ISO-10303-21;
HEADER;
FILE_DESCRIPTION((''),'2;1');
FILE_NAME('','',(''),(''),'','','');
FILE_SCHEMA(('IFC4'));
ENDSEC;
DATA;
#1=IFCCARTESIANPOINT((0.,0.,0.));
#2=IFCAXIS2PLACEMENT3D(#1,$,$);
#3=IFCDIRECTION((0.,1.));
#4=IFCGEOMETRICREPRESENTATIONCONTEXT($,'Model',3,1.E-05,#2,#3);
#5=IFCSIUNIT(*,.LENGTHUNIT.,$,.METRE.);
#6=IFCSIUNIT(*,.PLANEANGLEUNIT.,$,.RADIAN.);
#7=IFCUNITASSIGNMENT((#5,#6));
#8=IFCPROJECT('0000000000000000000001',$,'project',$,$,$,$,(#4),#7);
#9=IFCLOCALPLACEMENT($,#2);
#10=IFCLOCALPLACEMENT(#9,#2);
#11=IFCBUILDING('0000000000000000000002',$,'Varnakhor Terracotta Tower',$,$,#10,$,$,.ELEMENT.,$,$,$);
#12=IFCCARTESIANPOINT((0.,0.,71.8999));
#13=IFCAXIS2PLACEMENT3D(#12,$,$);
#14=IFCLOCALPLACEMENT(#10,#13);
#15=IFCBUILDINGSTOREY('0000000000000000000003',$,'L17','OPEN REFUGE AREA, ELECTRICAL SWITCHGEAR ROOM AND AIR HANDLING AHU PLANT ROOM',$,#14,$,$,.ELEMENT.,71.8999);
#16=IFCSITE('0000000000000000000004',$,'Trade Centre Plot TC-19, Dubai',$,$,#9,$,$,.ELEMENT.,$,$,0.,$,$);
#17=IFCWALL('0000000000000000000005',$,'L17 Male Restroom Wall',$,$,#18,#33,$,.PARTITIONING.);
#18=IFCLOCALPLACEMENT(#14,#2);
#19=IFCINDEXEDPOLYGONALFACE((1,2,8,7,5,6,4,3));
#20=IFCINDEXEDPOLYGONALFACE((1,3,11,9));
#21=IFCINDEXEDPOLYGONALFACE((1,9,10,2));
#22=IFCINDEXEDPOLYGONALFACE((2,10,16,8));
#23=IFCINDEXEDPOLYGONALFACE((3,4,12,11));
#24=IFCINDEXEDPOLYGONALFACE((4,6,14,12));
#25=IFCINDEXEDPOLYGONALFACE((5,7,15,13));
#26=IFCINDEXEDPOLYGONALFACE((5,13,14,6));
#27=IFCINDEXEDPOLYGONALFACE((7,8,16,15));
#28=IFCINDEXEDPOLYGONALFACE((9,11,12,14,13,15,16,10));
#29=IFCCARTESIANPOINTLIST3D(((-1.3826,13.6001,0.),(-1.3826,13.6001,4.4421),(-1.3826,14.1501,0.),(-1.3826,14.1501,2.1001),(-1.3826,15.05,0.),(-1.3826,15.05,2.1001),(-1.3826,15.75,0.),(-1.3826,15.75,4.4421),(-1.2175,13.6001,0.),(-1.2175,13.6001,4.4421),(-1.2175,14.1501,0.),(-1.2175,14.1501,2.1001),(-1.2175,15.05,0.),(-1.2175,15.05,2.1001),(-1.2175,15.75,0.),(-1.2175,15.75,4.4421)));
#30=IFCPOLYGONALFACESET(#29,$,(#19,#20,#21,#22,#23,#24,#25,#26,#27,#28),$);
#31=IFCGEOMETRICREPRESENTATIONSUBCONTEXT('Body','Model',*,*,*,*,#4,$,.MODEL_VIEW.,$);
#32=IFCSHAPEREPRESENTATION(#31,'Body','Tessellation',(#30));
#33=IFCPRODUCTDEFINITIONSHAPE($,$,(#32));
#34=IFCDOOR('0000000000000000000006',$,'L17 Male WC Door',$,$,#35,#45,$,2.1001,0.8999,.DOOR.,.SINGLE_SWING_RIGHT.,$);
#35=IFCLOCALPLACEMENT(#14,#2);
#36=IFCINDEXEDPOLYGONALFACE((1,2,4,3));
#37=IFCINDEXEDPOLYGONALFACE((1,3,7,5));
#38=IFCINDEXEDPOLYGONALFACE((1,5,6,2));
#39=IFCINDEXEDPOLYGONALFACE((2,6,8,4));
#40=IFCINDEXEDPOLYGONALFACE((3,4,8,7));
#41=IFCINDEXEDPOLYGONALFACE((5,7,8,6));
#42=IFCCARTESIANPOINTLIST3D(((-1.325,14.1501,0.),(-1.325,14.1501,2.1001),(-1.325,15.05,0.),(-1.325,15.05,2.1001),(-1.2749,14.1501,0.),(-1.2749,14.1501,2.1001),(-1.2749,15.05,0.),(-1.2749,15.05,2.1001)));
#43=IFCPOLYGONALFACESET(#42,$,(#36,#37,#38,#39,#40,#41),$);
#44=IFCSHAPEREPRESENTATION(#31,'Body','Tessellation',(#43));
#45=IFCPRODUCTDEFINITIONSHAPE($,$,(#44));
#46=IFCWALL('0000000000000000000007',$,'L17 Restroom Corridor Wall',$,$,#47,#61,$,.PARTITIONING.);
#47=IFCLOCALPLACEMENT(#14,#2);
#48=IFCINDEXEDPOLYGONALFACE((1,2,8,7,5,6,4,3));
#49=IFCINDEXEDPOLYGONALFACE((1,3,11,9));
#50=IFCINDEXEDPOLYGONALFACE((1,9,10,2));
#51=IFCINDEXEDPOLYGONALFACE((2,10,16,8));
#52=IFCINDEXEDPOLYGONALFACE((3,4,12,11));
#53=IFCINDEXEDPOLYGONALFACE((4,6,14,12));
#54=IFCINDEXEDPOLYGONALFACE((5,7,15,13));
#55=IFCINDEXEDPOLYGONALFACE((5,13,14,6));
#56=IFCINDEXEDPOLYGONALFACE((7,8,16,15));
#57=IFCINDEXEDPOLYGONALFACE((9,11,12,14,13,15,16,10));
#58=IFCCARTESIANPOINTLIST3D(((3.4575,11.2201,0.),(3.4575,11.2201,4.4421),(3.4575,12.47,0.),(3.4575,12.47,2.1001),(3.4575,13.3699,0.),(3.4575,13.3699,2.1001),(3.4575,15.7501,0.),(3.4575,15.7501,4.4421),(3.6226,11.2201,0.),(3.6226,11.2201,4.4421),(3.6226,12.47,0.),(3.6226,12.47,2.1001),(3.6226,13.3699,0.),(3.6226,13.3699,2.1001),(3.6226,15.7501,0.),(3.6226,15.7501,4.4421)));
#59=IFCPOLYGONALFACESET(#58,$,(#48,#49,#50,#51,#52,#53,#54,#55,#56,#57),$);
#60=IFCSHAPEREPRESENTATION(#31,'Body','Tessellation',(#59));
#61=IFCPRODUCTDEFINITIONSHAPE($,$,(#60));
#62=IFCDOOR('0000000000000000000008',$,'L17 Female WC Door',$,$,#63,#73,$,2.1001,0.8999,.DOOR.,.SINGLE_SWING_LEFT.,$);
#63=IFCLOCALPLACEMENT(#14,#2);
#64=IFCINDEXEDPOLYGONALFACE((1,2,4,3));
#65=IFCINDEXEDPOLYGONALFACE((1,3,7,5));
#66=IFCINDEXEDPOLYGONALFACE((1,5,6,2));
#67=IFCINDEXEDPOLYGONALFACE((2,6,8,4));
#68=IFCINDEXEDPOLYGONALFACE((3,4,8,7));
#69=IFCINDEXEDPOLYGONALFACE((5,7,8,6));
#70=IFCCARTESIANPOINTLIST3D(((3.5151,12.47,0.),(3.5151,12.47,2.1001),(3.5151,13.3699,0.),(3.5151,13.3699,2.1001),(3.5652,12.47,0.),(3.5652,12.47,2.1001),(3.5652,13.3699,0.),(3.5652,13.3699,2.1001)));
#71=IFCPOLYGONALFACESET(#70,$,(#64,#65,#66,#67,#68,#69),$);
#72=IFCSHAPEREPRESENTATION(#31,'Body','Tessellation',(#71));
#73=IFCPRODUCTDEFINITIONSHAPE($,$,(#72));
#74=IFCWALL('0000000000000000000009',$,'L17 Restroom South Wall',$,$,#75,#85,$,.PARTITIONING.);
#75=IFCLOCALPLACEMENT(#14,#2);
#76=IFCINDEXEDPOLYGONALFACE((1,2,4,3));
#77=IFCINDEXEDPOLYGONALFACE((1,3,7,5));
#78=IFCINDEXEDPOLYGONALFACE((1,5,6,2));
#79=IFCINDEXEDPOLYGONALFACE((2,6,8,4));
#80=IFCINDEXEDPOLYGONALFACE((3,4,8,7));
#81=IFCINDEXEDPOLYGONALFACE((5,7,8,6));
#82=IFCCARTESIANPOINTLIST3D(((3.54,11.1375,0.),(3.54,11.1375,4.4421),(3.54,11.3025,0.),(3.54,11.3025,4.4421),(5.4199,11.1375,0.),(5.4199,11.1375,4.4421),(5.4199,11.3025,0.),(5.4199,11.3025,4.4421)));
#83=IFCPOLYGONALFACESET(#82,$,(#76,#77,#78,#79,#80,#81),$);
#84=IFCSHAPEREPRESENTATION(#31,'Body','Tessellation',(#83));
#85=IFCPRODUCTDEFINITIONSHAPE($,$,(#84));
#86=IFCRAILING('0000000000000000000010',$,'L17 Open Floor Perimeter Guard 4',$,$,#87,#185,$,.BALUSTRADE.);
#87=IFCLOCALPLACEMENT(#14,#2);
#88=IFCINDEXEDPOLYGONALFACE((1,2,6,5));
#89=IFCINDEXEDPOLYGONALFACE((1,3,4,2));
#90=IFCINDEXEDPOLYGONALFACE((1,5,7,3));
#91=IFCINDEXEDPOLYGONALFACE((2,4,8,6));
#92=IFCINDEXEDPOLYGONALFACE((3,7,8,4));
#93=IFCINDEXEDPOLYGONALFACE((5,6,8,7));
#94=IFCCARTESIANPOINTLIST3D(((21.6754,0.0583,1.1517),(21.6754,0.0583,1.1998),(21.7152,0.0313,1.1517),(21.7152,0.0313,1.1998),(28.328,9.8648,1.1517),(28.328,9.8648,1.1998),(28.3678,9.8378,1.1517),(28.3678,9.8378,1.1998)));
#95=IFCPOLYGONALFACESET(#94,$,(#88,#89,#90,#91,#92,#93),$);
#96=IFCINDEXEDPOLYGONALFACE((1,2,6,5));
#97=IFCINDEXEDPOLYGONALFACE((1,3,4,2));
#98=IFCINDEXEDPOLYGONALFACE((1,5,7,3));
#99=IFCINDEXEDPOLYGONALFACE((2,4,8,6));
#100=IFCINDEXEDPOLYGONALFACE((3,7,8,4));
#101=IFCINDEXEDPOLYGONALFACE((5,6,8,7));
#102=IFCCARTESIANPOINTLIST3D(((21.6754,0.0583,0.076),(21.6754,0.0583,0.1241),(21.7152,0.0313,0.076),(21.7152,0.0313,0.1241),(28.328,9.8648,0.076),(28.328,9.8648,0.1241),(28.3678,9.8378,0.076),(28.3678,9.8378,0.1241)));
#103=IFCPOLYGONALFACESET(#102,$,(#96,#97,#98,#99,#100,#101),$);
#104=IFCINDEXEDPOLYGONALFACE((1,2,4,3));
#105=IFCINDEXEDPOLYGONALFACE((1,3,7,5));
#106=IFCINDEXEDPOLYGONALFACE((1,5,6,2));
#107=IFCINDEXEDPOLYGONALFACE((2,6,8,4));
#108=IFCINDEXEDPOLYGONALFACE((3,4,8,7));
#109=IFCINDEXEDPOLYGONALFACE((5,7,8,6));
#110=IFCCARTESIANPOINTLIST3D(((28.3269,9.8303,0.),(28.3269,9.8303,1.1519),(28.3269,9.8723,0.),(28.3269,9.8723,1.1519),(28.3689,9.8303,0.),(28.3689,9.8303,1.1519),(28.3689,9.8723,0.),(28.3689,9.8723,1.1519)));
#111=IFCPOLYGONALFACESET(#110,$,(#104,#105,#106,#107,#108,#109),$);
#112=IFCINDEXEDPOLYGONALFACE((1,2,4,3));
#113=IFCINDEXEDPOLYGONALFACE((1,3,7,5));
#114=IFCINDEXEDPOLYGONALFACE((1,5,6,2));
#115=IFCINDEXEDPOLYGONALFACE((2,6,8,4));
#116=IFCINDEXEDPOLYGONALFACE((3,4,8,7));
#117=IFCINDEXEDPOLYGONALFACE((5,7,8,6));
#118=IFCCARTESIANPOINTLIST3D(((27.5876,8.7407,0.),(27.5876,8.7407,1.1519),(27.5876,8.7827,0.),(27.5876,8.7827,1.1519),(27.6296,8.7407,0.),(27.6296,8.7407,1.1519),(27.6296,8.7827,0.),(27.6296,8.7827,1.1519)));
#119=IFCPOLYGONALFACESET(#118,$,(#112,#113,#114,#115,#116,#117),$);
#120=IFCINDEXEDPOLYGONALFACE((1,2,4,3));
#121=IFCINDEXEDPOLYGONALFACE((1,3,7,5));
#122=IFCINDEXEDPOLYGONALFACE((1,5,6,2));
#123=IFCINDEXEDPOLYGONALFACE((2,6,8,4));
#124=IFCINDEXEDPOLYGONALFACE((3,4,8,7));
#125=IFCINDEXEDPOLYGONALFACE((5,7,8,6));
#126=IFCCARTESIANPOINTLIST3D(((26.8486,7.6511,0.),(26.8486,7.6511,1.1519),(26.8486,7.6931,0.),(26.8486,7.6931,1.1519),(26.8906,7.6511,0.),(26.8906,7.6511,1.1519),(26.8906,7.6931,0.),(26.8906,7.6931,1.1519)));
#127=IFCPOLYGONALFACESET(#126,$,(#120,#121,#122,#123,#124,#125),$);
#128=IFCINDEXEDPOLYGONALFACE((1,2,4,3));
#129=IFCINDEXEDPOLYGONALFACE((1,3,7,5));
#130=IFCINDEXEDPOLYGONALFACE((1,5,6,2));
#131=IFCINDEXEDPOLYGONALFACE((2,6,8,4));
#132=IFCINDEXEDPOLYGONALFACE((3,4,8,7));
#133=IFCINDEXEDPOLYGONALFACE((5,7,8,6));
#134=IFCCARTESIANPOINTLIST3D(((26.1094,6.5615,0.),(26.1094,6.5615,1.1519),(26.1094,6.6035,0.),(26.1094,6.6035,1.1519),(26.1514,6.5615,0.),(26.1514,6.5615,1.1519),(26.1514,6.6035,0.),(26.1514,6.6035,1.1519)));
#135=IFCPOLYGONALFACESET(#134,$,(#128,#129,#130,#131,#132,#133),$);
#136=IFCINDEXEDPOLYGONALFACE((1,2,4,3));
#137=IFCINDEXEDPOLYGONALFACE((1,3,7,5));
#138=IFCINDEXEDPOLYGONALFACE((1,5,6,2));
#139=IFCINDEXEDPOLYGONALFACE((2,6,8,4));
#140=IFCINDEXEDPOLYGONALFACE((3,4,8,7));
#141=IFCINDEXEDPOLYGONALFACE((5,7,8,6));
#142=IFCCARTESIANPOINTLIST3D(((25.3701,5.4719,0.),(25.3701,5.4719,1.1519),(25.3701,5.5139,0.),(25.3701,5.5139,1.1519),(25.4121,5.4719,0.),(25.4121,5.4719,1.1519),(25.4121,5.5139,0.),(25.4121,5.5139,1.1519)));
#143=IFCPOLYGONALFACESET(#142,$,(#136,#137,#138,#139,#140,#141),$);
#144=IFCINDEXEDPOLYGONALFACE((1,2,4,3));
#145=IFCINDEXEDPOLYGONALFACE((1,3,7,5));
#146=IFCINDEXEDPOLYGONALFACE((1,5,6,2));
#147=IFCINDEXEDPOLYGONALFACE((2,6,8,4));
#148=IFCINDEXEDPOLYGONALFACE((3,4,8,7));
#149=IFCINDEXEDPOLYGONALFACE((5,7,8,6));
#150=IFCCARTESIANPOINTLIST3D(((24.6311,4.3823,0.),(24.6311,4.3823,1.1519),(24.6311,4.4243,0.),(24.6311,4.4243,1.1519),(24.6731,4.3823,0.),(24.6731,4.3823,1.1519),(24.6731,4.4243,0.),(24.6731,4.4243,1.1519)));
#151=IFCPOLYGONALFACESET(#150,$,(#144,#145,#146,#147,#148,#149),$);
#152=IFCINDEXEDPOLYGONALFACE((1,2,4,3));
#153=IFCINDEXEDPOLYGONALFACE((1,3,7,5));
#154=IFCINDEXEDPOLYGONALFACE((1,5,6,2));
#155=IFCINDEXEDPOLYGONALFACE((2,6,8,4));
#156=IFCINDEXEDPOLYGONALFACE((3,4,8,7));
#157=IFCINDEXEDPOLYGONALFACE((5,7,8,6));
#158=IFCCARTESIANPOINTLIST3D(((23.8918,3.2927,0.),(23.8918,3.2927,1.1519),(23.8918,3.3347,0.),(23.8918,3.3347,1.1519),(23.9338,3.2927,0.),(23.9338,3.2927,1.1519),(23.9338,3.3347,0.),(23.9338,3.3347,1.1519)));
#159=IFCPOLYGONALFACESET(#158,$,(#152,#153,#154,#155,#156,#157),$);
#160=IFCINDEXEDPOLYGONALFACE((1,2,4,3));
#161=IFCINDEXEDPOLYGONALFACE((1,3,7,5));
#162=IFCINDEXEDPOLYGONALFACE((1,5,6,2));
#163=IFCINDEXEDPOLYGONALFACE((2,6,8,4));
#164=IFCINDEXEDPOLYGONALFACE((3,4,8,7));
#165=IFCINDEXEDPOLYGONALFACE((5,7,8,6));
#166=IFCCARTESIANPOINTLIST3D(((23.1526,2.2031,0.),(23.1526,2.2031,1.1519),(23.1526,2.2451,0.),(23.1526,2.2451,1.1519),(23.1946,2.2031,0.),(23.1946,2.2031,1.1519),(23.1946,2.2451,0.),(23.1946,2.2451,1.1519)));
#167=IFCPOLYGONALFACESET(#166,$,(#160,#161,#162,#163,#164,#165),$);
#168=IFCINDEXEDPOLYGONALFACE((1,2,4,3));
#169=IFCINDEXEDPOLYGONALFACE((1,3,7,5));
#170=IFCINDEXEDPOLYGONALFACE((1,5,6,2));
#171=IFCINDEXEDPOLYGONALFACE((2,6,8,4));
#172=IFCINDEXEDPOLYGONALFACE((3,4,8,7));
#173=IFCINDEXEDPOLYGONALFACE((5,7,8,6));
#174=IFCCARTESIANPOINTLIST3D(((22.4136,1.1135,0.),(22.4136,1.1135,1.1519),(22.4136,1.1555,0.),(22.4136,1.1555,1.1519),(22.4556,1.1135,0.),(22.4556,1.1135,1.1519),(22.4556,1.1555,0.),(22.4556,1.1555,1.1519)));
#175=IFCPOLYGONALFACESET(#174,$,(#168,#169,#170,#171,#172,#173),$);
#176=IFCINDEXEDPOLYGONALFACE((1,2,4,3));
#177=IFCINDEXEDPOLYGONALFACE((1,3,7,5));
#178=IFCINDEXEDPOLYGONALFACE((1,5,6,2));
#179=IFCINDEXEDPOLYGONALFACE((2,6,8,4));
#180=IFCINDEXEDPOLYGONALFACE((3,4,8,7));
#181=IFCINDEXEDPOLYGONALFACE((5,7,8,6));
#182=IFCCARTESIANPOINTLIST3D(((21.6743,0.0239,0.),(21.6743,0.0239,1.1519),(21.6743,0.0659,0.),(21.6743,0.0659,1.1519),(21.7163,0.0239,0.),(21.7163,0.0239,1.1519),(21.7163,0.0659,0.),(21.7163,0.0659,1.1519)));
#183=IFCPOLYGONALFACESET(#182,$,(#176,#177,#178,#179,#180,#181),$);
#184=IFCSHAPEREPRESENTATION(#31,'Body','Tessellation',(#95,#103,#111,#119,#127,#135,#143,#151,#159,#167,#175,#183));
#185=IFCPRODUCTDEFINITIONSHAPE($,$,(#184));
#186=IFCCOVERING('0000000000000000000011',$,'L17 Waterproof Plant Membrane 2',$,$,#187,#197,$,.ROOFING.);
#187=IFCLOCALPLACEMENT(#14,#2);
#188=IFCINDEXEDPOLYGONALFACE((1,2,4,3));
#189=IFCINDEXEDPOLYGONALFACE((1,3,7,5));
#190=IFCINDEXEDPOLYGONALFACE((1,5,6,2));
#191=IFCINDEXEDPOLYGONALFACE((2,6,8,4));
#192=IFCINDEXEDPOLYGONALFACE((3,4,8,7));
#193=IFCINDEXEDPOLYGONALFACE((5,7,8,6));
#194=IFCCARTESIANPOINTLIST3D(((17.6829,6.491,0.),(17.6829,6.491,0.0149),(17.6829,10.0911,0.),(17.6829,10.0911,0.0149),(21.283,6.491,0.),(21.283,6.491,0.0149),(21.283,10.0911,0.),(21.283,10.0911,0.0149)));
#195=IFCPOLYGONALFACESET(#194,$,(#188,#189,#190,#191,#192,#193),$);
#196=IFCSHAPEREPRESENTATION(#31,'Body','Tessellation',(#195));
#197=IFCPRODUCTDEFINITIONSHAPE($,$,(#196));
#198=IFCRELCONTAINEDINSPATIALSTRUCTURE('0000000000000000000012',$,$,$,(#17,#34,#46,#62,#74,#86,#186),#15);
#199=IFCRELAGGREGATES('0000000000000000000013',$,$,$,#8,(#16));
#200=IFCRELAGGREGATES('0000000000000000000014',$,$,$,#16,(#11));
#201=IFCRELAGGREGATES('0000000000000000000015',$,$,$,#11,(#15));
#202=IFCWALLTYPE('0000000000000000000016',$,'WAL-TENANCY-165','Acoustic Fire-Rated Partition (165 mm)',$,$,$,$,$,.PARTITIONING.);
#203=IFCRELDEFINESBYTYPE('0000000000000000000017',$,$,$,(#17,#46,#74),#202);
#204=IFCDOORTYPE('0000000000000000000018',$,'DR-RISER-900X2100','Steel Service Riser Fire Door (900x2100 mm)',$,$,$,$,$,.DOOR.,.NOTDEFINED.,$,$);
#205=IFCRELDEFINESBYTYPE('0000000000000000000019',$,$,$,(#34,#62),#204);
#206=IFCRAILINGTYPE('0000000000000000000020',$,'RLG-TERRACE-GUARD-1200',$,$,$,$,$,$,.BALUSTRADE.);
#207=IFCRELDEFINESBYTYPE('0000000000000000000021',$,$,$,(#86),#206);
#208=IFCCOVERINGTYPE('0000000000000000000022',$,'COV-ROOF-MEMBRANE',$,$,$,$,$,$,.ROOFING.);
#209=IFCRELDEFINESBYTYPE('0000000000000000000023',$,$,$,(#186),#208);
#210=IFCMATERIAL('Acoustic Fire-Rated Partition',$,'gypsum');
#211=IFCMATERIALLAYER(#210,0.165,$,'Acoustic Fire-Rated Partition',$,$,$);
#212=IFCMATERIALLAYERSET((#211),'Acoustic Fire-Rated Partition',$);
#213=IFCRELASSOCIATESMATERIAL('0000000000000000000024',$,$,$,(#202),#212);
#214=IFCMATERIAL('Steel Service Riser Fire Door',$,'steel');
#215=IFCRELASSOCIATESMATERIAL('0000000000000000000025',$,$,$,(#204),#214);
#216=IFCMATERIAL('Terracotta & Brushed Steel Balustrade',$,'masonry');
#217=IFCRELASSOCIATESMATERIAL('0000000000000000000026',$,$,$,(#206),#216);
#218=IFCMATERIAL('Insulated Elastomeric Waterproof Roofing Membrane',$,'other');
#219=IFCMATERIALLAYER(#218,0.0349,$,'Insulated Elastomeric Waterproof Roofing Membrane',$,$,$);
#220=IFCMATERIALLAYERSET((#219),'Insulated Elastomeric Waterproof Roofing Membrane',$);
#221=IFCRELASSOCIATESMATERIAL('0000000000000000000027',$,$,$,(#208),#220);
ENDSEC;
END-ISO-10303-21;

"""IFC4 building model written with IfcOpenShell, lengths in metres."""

from ifc_helpers import new_model, si_unit, direction, frame, frame_2d, origin, origin_2d, place, context, subcontext, project, spatial, rectangle, extrude, source, transform, mapped, material, layer, layer_set, type_object, type_shapes, element, fill, save


model = new_model("IFC4")

# Units and contexts
model_context = context("Model", 3, precision=1e-05, world=origin(), true_north=direction((0.0, 1.0)))
body_context = subcontext(model_context, "Body", "Model", "MODEL_VIEW")
ifc_project = project(units=[si_unit("LENGTHUNIT", "METRE"), si_unit("PLANEANGLEUNIT", "RADIAN")], contexts=[model_context])

# Site, building, storey
site_placement = place(None, origin())
site = spatial("IfcSite", under=ifc_project, at=site_placement, Name="Trade Centre Plot TC-19, Dubai", CompositionType="ELEMENT", RefElevation=0.0)
building_placement = place(site_placement, origin())
building = spatial("IfcBuilding", under=site, at=building_placement, Name="Varnakhor Terracotta Tower", CompositionType="ELEMENT")
storey_placement = place(building_placement, frame((0.0, 0.0, 71.8999)))
storey = spatial("IfcBuildingStorey", under=building, at=storey_placement, Name="L17", Description="OPEN REFUGE AREA, ELECTRICAL SWITCHGEAR ROOM AND AIR HANDLING AHU PLANT ROOM", CompositionType="ELEMENT", Elevation=71.8999)

# Shared definitions
ifc_material_1 = material(Name="Acoustic Fire-Rated Partition", Category="gypsum")
ifc_layer_1 = layer(ifc_material_1, 0.165, Name="Acoustic Fire-Rated Partition")
ifc_layer_set_1 = layer_set([ifc_layer_1], Name="Acoustic Fire-Rated Partition")
wall_type_1 = type_object("IfcWallType", Name="WAL-TENANCY-165", Description="Acoustic Fire-Rated Partition (165 mm)", PredefinedType="PARTITIONING", material=ifc_layer_set_1)

# Walls, openings, doors
wall_1_placement = place(storey_placement, frame((-1.3, 13.6001, 0.0), z_axis=(0.0, 0.0, 1.0), x_axis=(0.0, 1.0, 0.0)))
wall_1 = element("IfcWall", 1, at=wall_1_placement, inside=storey, type_object=wall_type_1, Name="L17 Male Restroom Wall", PredefinedType="PARTITIONING", context=body_context, shape_type="SweptSolid", body=[
    extrude(rectangle(XDim=2.1499, YDim=0.165, at=frame_2d((1.075, 0.0))), origin(), (0.0, 0.0, 1.0), 4.4421),
])
opening_1_placement = place(wall_1_placement, frame((0.55, 0.0, 0.0)))
opening_1 = element("IfcOpeningElement", 2, at=opening_1_placement, cuts=wall_1, PredefinedType="OPENING", context=body_context, shape_type="SweptSolid", body=[
    extrude(rectangle(XDim=0.8999, YDim=2.1001, at=frame_2d((0.45, 1.05))), frame((0.0, 0.0925, 0.0), z_axis=(0.0, -1.0, 0.0), x_axis=(1.0, 0.0, 0.0)), (0.0, 0.0, 1.0), 0.1851),
])
ifc_material_2 = material(Name="Steel Service Riser Fire Door", Category="steel")
door_type_1 = type_object("IfcDoorType", Name="DR-RISER-900X2100", Description="Steel Service Riser Fire Door (900x2100 mm)", OperationType="NOTDEFINED", PredefinedType="DOOR", material=ifc_material_2)
shared_shape_1 = source(origin(), body_context, "Body", "SweptSolid", [
    extrude(rectangle(XDim=0.8999, YDim=2.1001, at=frame_2d((0.45, 1.05))), frame((0.0, 0.0249, 0.0), z_axis=(0.0, -1.0, 0.0), x_axis=(1.0, 0.0, 0.0)), (0.0, 0.0, 1.0), 0.05),
])
type_shapes(door_type_1, [shared_shape_1])
door_1_placement = place(opening_1_placement, origin())
door_1 = element("IfcDoor", 3, at=door_1_placement, inside=storey, type_object=door_type_1, Name="L17 Male WC Door", OperationType="SINGLE_SWING_RIGHT", OverallHeight=2.1001, OverallWidth=0.8999, PredefinedType="DOOR", context=body_context, shape_type="MappedRepresentation", body=[
    mapped(shared_shape_1, transform((0.0, 0.0, 0.0), scale=1.0)),
])
fill(opening_1, door_1)
wall_2_placement = place(storey_placement, frame((3.54, 11.22, 0.0), z_axis=(0.0, 0.0, 1.0), x_axis=(0.0, 1.0, 0.0)))
wall_2 = element("IfcWall", 4, at=wall_2_placement, inside=storey, type_object=wall_type_1, Name="L17 Restroom Corridor Wall", PredefinedType="PARTITIONING", context=body_context, shape_type="SweptSolid", body=[
    extrude(rectangle(XDim=4.53, YDim=0.165, at=frame_2d((2.2651, 0.0))), origin(), (0.0, 0.0, 1.0), 4.4421),
])
opening_2_placement = place(wall_2_placement, frame((1.25, 0.0, 0.0)))
opening_2 = element("IfcOpeningElement", 5, at=opening_2_placement, cuts=wall_2, PredefinedType="OPENING", context=body_context, shape_type="SweptSolid", body=[
    extrude(rectangle(XDim=0.8999, YDim=2.1001, at=frame_2d((0.45, 1.05))), frame((0.0, 0.0925, 0.0), z_axis=(0.0, -1.0, 0.0), x_axis=(1.0, 0.0, 0.0)), (0.0, 0.0, 1.0), 0.1851),
])
door_2_placement = place(opening_2_placement, origin())
door_2 = element("IfcDoor", 6, at=door_2_placement, inside=storey, type_object=door_type_1, Name="L17 Female WC Door", OperationType="SINGLE_SWING_LEFT", OverallHeight=2.1001, OverallWidth=0.8999, PredefinedType="DOOR", context=body_context, shape_type="MappedRepresentation", body=[
    mapped(shared_shape_1, transform((0.0, 0.0, 0.0), scale=1.0)),
])
fill(opening_2, door_2)

# Wall
wall_3_placement = place(storey_placement, frame((3.54, 11.22, 0.0), z_axis=(0.0, 0.0, 1.0), x_axis=(1.0, 0.0, 0.0)))
element("IfcWall", 7, at=wall_3_placement, inside=storey, type_object=wall_type_1, Name="L17 Restroom South Wall", PredefinedType="PARTITIONING", context=body_context, shape_type="SweptSolid", body=[
    extrude(rectangle(XDim=1.8799, YDim=0.165, at=frame_2d((0.9399, 0.0))), origin(), (0.0, 0.0, 1.0), 4.4421),
])

# Railing
ifc_material_3 = material(Name="Terracotta & Brushed Steel Balustrade", Category="masonry")
railing_type = type_object("IfcRailingType", Name="RLG-TERRACE-GUARD-1200", PredefinedType="BALUSTRADE", material=ifc_material_3)
railing_placement = place(storey_placement, frame((28.3479, 9.8513, 0.0)))
element("IfcRailing", 8, at=railing_placement, inside=storey, type_object=railing_type, Name="L17 Open Floor Perimeter Guard 4", PredefinedType="BALUSTRADE", context=body_context, shape_type="SweptSolid", body=[
    extrude(rectangle(XDim=0.0481, YDim=0.0481, at=origin_2d()), frame((0.0, 0.0, 1.1758), z_axis=(-0.5614, -0.827544, 0.0), x_axis=(0.827544, -0.5614, 0.0)), (0.0, 0.0, 1.0), 11.8501),
    extrude(rectangle(XDim=0.0481, YDim=0.0481, at=origin_2d()), frame((0.0, 0.0, 0.1001), z_axis=(-0.5614, -0.827544, 0.0), x_axis=(0.827544, -0.5614, 0.0)), (0.0, 0.0, 1.0), 11.8501),
    extrude(rectangle(XDim=0.042, YDim=0.042, at=origin_2d()), origin(), (0.0, 0.0, 1.0), 1.1519),
    extrude(rectangle(XDim=0.042, YDim=0.042, at=origin_2d()), frame((-0.7393, -1.0896, 0.0)), (0.0, 0.0, 1.0), 1.1519),
    extrude(rectangle(XDim=0.042, YDim=0.042, at=origin_2d()), frame((-1.4783, -2.1792, 0.0)), (0.0, 0.0, 1.0), 1.1519),
    extrude(rectangle(XDim=0.042, YDim=0.042, at=origin_2d()), frame((-2.2175, -3.2688, 0.0)), (0.0, 0.0, 1.0), 1.1519),
    extrude(rectangle(XDim=0.042, YDim=0.042, at=origin_2d()), frame((-2.9568, -4.3584, 0.0)), (0.0, 0.0, 1.0), 1.1519),
    extrude(rectangle(XDim=0.042, YDim=0.042, at=origin_2d()), frame((-3.6958, -5.448, 0.0)), (0.0, 0.0, 1.0), 1.1519),
    extrude(rectangle(XDim=0.042, YDim=0.042, at=origin_2d()), frame((-4.4351, -6.5376, 0.0)), (0.0, 0.0, 1.0), 1.1519),
    extrude(rectangle(XDim=0.042, YDim=0.042, at=origin_2d()), frame((-5.1743, -7.6272, 0.0)), (0.0, 0.0, 1.0), 1.1519),
    extrude(rectangle(XDim=0.042, YDim=0.042, at=origin_2d()), frame((-5.9133, -8.7168, 0.0)), (0.0, 0.0, 1.0), 1.1519),
    extrude(rectangle(XDim=0.042, YDim=0.042, at=origin_2d()), frame((-6.6526, -9.8064, 0.0)), (0.0, 0.0, 1.0), 1.1519),
])

# Covering
ifc_material_4 = material(Name="Insulated Elastomeric Waterproof Roofing Membrane", Category="other")
ifc_layer_2 = layer(ifc_material_4, 0.0349, Name="Insulated Elastomeric Waterproof Roofing Membrane")
ifc_layer_set_2 = layer_set([ifc_layer_2], Name="Insulated Elastomeric Waterproof Roofing Membrane")
covering_type = type_object("IfcCoveringType", Name="COV-ROOF-MEMBRANE", PredefinedType="ROOFING", material=ifc_layer_set_2)
shared_shape_2 = source(origin(), body_context, "Body", "SweptSolid", [
    extrude(rectangle(XDim=3.6001, YDim=3.6001, at=origin_2d()), origin(), (0.0, 0.0, 1.0), 0.0149),
])
type_shapes(covering_type, [shared_shape_2])
covering_placement = place(storey_placement, frame((19.4829, 8.291, 0.0), z_axis=(0.0, 0.0, 1.0), x_axis=(1.0, 0.0, 0.0)))
element("IfcCovering", 9, at=covering_placement, inside=storey, type_object=covering_type, Name="L17 Waterproof Plant Membrane 2", PredefinedType="ROOFING", context=body_context, shape_type="MappedRepresentation", body=[
    mapped(shared_shape_2, transform((0.0, 0.0, 0.0), scale=1.0)),
])

save(model, "model.ifc")
